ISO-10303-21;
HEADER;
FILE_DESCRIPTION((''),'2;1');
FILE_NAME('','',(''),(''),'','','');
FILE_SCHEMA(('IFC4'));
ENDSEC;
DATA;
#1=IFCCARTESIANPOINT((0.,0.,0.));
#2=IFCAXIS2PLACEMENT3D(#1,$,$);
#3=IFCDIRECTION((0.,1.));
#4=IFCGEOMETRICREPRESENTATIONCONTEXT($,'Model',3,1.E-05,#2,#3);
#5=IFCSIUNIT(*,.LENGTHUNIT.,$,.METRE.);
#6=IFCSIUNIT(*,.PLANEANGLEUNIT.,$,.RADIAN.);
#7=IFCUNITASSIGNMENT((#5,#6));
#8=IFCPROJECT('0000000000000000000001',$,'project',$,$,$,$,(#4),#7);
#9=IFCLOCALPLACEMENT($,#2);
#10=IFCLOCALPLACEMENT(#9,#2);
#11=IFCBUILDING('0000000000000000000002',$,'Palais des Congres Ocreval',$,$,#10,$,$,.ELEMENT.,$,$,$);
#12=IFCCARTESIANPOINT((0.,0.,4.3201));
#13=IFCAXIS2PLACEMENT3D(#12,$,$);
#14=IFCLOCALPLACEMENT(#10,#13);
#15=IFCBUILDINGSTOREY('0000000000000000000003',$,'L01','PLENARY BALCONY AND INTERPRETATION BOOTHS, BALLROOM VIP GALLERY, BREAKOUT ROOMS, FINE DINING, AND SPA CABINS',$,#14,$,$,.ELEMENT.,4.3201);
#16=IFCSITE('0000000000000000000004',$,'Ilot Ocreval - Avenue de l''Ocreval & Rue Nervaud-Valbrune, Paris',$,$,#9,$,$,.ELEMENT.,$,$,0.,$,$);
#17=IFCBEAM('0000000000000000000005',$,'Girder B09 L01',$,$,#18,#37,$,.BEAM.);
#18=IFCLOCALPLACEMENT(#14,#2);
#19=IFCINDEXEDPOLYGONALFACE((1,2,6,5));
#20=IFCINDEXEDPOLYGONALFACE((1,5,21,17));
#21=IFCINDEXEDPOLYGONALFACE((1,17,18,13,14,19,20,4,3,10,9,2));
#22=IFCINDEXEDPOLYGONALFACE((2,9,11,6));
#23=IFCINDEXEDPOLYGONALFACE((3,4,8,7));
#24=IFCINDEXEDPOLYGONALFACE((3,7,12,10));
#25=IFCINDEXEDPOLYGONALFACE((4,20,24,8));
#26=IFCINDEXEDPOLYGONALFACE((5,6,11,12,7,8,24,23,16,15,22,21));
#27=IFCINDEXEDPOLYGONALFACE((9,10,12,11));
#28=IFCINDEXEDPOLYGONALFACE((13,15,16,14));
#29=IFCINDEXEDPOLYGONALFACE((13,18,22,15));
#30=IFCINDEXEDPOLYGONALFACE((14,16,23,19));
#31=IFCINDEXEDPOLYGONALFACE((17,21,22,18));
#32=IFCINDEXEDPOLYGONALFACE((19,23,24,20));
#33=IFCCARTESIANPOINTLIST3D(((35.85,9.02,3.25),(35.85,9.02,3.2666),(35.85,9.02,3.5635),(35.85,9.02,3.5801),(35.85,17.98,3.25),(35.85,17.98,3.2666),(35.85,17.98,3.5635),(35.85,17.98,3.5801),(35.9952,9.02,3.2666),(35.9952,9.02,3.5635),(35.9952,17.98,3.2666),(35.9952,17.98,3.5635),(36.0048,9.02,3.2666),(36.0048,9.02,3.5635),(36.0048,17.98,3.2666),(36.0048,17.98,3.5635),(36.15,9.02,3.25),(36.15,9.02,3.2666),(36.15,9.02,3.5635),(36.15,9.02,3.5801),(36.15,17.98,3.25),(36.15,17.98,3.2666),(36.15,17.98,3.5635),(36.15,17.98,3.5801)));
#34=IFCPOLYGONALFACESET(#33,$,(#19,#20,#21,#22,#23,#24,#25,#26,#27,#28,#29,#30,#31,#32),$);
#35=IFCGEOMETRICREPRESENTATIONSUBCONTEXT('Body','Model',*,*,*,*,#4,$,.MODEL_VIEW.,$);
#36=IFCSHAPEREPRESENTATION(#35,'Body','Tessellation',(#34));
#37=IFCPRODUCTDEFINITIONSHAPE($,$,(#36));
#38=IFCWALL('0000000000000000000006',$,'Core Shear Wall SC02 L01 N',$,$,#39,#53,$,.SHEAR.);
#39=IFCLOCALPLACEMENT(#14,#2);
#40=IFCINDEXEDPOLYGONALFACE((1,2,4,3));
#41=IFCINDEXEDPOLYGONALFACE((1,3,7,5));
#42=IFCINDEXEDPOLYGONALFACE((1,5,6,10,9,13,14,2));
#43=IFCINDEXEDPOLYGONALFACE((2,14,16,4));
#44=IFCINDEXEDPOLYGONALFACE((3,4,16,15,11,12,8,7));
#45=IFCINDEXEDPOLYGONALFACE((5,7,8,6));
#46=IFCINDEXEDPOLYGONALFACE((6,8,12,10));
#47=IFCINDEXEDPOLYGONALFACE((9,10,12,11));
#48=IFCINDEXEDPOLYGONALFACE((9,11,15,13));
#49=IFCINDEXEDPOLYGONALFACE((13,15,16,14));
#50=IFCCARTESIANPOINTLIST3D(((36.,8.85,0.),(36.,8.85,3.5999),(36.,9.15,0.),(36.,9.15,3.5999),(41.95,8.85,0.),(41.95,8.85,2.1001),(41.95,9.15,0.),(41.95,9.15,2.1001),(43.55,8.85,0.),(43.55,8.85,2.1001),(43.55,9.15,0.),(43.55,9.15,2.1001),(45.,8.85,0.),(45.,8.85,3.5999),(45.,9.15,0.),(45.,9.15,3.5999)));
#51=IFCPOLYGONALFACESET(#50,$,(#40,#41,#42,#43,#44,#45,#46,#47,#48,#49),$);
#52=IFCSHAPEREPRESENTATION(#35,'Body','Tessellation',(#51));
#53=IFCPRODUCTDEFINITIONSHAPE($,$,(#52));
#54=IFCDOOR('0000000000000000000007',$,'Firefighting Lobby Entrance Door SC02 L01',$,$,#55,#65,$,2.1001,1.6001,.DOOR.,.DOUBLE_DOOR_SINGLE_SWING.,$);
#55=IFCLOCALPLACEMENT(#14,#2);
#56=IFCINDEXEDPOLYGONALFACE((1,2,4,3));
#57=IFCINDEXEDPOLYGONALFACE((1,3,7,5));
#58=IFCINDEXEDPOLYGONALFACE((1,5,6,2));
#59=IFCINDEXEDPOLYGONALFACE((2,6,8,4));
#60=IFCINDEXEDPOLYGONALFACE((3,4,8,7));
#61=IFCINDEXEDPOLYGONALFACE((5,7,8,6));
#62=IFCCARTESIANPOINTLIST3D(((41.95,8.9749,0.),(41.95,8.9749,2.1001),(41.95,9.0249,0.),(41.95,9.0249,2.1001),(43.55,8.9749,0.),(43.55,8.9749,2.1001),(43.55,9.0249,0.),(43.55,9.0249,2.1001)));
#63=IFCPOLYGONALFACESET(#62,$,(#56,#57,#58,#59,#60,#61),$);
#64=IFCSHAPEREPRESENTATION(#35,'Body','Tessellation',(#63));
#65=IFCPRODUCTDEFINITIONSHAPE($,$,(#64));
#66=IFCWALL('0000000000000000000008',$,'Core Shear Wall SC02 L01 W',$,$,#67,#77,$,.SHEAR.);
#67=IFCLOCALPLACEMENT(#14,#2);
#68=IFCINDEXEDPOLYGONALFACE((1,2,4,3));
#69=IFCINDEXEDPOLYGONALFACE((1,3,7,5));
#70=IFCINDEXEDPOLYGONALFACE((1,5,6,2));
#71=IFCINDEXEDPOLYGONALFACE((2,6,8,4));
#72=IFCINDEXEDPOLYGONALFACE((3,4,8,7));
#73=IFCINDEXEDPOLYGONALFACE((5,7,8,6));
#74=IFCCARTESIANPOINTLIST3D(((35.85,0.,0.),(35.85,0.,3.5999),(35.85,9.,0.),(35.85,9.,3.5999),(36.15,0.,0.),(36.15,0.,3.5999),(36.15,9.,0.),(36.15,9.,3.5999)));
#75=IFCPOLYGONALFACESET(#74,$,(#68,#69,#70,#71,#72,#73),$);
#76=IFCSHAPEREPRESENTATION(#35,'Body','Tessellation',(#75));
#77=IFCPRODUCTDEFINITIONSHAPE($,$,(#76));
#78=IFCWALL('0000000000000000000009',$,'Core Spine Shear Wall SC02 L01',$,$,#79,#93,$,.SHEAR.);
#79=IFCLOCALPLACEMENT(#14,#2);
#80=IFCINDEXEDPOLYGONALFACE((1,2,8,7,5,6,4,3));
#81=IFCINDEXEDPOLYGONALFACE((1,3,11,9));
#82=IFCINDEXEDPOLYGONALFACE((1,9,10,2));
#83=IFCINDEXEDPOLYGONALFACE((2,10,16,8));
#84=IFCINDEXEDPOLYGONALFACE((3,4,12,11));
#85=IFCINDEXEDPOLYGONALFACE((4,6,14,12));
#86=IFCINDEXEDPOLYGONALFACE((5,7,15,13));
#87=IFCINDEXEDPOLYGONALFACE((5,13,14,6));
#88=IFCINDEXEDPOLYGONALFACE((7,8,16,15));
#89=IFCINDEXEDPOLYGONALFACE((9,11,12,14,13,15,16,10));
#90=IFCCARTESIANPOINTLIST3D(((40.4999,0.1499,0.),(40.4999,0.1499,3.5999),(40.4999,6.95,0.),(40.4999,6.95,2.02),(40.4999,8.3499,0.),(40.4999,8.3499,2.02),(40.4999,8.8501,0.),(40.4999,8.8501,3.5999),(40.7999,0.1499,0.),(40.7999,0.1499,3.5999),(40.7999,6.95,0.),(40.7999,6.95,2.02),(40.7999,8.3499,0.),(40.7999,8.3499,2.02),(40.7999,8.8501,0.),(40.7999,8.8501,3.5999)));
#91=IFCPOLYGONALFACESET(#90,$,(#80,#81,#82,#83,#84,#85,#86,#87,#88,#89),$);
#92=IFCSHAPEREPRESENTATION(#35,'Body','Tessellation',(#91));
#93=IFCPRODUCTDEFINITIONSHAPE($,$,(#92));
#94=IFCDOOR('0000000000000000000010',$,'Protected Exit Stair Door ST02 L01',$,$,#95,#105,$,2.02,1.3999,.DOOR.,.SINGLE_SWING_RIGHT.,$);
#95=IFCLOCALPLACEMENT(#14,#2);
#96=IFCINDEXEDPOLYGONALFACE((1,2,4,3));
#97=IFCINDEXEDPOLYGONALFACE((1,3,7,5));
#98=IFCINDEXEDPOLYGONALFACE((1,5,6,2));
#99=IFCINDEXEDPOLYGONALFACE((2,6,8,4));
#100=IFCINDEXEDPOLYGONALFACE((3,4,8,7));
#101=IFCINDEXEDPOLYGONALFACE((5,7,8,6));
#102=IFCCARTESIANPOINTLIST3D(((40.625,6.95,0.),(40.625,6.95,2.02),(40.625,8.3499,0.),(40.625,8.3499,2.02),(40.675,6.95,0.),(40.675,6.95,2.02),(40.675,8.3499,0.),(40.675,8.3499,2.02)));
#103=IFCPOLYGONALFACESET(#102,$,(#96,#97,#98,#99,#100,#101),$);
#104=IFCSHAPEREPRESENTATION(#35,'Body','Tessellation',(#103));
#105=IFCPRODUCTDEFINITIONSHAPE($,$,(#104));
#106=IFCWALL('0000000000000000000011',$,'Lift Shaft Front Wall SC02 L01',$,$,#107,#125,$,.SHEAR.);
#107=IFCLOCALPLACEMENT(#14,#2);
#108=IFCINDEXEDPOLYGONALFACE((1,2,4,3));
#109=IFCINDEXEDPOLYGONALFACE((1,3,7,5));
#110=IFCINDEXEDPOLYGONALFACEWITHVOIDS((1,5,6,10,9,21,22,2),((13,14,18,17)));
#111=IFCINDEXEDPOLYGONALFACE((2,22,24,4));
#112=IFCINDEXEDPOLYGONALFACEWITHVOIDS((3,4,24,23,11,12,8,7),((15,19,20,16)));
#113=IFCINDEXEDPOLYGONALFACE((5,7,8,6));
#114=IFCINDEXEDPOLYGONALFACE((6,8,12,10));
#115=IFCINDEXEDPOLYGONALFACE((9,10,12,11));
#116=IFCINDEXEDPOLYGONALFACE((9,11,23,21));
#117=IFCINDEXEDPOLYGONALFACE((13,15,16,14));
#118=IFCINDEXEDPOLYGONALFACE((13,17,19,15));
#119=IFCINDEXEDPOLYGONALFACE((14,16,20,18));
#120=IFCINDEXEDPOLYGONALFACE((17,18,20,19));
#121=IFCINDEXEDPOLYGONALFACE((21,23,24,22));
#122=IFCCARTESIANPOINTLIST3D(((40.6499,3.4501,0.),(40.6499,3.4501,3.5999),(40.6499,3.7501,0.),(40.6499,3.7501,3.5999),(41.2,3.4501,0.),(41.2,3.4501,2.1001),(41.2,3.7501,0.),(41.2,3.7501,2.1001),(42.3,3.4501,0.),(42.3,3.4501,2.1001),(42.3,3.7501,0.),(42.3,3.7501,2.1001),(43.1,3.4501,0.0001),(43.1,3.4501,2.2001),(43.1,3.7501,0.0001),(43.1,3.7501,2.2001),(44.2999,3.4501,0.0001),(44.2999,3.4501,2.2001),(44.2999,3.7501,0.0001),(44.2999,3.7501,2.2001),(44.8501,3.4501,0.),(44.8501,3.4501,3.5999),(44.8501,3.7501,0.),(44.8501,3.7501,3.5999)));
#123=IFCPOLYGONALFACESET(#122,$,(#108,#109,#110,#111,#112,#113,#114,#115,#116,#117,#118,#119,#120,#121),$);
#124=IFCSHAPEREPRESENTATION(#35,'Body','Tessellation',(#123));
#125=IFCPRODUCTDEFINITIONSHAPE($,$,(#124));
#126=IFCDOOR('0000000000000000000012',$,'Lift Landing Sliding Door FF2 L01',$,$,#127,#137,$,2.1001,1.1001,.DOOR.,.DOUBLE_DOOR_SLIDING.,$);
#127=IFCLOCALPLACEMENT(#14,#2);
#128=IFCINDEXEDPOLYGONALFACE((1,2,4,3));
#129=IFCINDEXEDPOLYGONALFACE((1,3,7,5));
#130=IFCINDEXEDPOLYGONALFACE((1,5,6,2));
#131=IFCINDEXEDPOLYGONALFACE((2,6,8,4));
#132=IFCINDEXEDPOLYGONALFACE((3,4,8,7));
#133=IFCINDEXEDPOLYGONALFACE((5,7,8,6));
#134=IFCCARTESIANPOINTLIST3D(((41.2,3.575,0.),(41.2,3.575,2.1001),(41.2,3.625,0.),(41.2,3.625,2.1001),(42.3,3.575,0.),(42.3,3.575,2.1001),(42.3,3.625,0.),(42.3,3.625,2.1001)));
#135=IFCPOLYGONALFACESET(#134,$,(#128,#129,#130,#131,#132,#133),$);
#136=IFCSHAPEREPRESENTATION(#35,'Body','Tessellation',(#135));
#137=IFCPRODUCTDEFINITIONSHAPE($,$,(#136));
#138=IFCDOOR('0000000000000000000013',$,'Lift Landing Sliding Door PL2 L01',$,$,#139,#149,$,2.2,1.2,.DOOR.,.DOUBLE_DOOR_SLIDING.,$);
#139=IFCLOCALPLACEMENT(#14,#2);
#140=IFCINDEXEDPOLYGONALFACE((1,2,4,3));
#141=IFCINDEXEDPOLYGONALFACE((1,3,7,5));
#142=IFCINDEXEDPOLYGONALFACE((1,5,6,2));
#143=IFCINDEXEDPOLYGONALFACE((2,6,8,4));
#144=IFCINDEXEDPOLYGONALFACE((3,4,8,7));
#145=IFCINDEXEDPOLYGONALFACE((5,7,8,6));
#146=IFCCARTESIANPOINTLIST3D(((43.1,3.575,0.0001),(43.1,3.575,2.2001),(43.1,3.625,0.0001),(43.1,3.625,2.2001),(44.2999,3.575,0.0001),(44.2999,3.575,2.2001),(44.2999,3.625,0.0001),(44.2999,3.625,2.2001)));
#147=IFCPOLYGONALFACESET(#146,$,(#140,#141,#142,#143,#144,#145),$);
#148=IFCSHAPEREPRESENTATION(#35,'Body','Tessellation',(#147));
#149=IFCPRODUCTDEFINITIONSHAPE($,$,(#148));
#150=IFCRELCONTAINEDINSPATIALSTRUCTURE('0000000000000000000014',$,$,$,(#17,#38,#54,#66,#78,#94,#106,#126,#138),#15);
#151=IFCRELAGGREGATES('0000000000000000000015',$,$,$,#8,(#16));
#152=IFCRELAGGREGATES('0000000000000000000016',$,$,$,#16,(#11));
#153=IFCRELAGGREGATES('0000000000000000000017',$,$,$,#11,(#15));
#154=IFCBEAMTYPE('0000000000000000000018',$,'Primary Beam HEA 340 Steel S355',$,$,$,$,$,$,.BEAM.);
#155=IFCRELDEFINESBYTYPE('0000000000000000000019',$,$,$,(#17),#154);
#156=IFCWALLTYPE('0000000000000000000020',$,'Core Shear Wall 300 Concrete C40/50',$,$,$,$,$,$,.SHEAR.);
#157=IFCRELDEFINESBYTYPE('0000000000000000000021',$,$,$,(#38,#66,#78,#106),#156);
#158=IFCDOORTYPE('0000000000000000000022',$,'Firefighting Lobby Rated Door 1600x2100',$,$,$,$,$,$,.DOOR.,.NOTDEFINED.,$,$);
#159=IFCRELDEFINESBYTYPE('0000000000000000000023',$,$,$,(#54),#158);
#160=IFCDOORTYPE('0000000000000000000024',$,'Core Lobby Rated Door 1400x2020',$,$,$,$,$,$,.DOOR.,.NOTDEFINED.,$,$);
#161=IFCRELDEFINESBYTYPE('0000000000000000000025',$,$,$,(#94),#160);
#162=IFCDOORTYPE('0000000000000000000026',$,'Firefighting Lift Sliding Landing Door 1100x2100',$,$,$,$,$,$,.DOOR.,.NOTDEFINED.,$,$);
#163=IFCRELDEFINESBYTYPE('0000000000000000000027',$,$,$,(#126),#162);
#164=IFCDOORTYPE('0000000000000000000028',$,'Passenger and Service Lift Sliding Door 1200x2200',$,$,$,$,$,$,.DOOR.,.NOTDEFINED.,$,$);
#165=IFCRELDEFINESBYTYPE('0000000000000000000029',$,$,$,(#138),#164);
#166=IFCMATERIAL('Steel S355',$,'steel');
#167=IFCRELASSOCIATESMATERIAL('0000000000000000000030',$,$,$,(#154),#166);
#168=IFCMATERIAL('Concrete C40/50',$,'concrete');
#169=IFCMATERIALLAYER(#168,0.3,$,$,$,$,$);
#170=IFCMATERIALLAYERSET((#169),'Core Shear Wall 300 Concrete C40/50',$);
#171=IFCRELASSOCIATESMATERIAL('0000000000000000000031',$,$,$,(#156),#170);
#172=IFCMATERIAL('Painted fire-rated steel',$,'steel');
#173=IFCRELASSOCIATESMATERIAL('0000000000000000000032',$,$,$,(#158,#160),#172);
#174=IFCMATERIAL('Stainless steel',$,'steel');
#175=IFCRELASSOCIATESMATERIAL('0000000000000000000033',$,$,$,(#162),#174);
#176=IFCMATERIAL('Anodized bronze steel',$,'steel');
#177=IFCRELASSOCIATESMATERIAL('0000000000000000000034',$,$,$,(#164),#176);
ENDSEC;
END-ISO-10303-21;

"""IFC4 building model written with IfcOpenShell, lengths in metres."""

from ifc_helpers import new_model, si_unit, direction, frame, frame_2d, origin, origin_2d, place, context, subcontext, project, spatial, rectangle, i_section, extrude, material, layer, layer_set, material_profile, profile_set, type_object, element, fill, save


model = new_model("IFC4")

# Units and contexts
model_context = context("Model", 3, precision=1e-05, world=origin(), true_north=direction((0.0, 1.0)))
body_context = subcontext(model_context, "Body", "Model", "MODEL_VIEW")
ifc_project = project(units=[si_unit("LENGTHUNIT", "METRE"), si_unit("PLANEANGLEUNIT", "RADIAN")], contexts=[model_context])

# Site, building, storey
site_placement = place(None, origin())
site = spatial("IfcSite", under=ifc_project, at=site_placement, Name="Ilot Ocreval - Avenue de l'Ocreval & Rue Nervaud-Valbrune, Paris", CompositionType="ELEMENT", RefElevation=0.0)
building_placement = place(site_placement, origin())
building = spatial("IfcBuilding", under=site, at=building_placement, Name="Palais des Congres Ocreval", CompositionType="ELEMENT")
storey_placement = place(building_placement, frame((0.0, 0.0, 4.3201)))
storey = spatial("IfcBuildingStorey", under=building, at=storey_placement, Name="L01", Description="PLENARY BALCONY AND INTERPRETATION BOOTHS, BALLROOM VIP GALLERY, BREAKOUT ROOMS, FINE DINING, AND SPA CABINS", CompositionType="ELEMENT", Elevation=4.3201)

# Shared definitions
ifc_material_1 = material(Name="Concrete C40/50", Category="concrete")

# Beam
ifc_material_2 = material(Name="Steel S355", Category="steel")
ifc_material_profile_1 = material_profile(ifc_material_2, i_section(OverallWidth=0.3, OverallDepth=0.3301, WebThickness=0.0095, FlangeThickness=0.0166, at=origin_2d()), Name="HEA 340")
ifc_profile_set_1 = profile_set([ifc_material_profile_1], Name="Steel S355")
beam_type_1 = type_object("IfcBeamType", Name="Primary Beam HEA 340 Steel S355", PredefinedType="BEAM", material=ifc_profile_set_1)
for number, where, z_axis, x_axis, name in (
    (1, (36.0, 9.02, 3.415), (0.0, 1.0, 0.0), (-1.0, 0.0, 0.0), "Girder B09 L01"),
):
    element("IfcBeam", number, at=place(storey_placement, frame(where, z_axis=z_axis, x_axis=x_axis)), inside=storey, type_object=beam_type_1, Name=name, PredefinedType="BEAM", context=body_context, shape_type="SweptSolid", body=[
        extrude(i_section(OverallWidth=0.3, OverallDepth=0.3301, WebThickness=0.0095, FlangeThickness=0.0166, at=origin_2d()), origin(), (0.0, 0.0, 1.0), 8.96),
    ])

# Wall, opening, door
ifc_layer_1 = layer(ifc_material_1, 0.3)
ifc_layer_set_1 = layer_set([ifc_layer_1], Name="Core Shear Wall 300 Concrete C40/50")
wall_type_1 = type_object("IfcWallType", Name="Core Shear Wall 300 Concrete C40/50", PredefinedType="SHEAR", material=ifc_layer_set_1)
wall_1_placement = place(storey_placement, frame((36.0, 9.0, 0.0), z_axis=(0.0, 0.0, 1.0), x_axis=(1.0, 0.0, 0.0)))
wall_1 = element("IfcWall", 2, at=wall_1_placement, inside=storey, type_object=wall_type_1, Name="Core Shear Wall SC02 L01 N", PredefinedType="SHEAR", context=body_context, shape_type="SweptSolid", body=[
    extrude(rectangle(XDim=9.0, YDim=0.3, at=frame_2d((4.5, 0.0))), origin(), (0.0, 0.0, 1.0), 3.5999),
])
opening_1_placement = place(wall_1_placement, frame((5.95, 0.0, 0.0)))
opening_1 = element("IfcOpeningElement", 3, at=opening_1_placement, cuts=wall_1, PredefinedType="OPENING", context=body_context, shape_type="SweptSolid", body=[
    extrude(rectangle(XDim=1.6001, YDim=2.1001, at=frame_2d((0.8, 1.05))), frame((0.0, 0.1599, 0.0), z_axis=(0.0, -1.0, 0.0), x_axis=(1.0, 0.0, 0.0)), (0.0, 0.0, 1.0), 0.3201),
])
ifc_material_3 = material(Name="Painted fire-rated steel", Category="steel")
door_type_1 = type_object("IfcDoorType", Name="Firefighting Lobby Rated Door 1600x2100", OperationType="NOTDEFINED", PredefinedType="DOOR", material=ifc_material_3)
door_1_placement = place(opening_1_placement, origin())
door_1 = element("IfcDoor", 4, at=door_1_placement, inside=storey, type_object=door_type_1, Name="Firefighting Lobby Entrance Door SC02 L01", OperationType="DOUBLE_DOOR_SINGLE_SWING", OverallHeight=2.1001, OverallWidth=1.6001, PredefinedType="DOOR", context=body_context, shape_type="SweptSolid", body=[
    extrude(rectangle(XDim=1.6001, YDim=2.1001, at=frame_2d((0.8, 1.05))), frame((0.0, 0.0249, 0.0), z_axis=(0.0, -1.0, 0.0), x_axis=(1.0, 0.0, 0.0)), (0.0, 0.0, 1.0), 0.05),
])
fill(opening_1, door_1)

# Wall
wall_2_placement = place(storey_placement, frame((36.0, 0.0, 0.0), z_axis=(0.0, 0.0, 1.0), x_axis=(0.0, 1.0, 0.0)))
element("IfcWall", 5, at=wall_2_placement, inside=storey, type_object=wall_type_1, Name="Core Shear Wall SC02 L01 W", PredefinedType="SHEAR", context=body_context, shape_type="SweptSolid", body=[
    extrude(rectangle(XDim=9.0, YDim=0.3, at=frame_2d((4.5, 0.0))), origin(), (0.0, 0.0, 1.0), 3.5999),
])

# Wall, opening, door
wall_3_placement = place(storey_placement, frame((40.6499, 0.1499, 0.0), z_axis=(0.0, 0.0, 1.0), x_axis=(0.0, 1.0, 0.0)))
wall_3 = element("IfcWall", 6, at=wall_3_placement, inside=storey, type_object=wall_type_1, Name="Core Spine Shear Wall SC02 L01", PredefinedType="SHEAR", context=body_context, shape_type="SweptSolid", body=[
    extrude(rectangle(XDim=8.7002, YDim=0.3, at=frame_2d((4.3501, 0.0))), origin(), (0.0, 0.0, 1.0), 3.5999),
])
opening_2_placement = place(wall_3_placement, frame((6.8, 0.0, 0.0)))
opening_2 = element("IfcOpeningElement", 7, at=opening_2_placement, cuts=wall_3, PredefinedType="OPENING", context=body_context, shape_type="SweptSolid", body=[
    extrude(rectangle(XDim=1.3999, YDim=2.02, at=frame_2d((0.7, 1.01))), frame((0.0, 0.1599, 0.0), z_axis=(0.0, -1.0, 0.0), x_axis=(1.0, 0.0, 0.0)), (0.0, 0.0, 1.0), 0.3201),
])
door_type_2 = type_object("IfcDoorType", Name="Core Lobby Rated Door 1400x2020", OperationType="NOTDEFINED", PredefinedType="DOOR", material=ifc_material_3)
door_2_placement = place(opening_2_placement, origin())
door_2 = element("IfcDoor", 8, at=door_2_placement, inside=storey, type_object=door_type_2, Name="Protected Exit Stair Door ST02 L01", OperationType="SINGLE_SWING_RIGHT", OverallHeight=2.02, OverallWidth=1.3999, PredefinedType="DOOR", context=body_context, shape_type="SweptSolid", body=[
    extrude(rectangle(XDim=1.3999, YDim=2.02, at=frame_2d((0.7, 1.01))), frame((0.0, 0.0249, 0.0), z_axis=(0.0, -1.0, 0.0), x_axis=(1.0, 0.0, 0.0)), (0.0, 0.0, 1.0), 0.05),
])
fill(opening_2, door_2)

# Wall, openings, doors
wall_4_placement = place(storey_placement, frame((40.6499, 3.6001, 0.0), z_axis=(0.0, 0.0, 1.0), x_axis=(1.0, 0.0, 0.0)))
wall_4 = element("IfcWall", 9, at=wall_4_placement, inside=storey, type_object=wall_type_1, Name="Lift Shaft Front Wall SC02 L01", PredefinedType="SHEAR", context=body_context, shape_type="SweptSolid", body=[
    extrude(rectangle(XDim=4.2002, YDim=0.3, at=frame_2d((2.1001, 0.0))), origin(), (0.0, 0.0, 1.0), 3.5999),
])
opening_3_placement = place(wall_4_placement, frame((0.55, 0.0, 0.0)))
opening_3 = element("IfcOpeningElement", 10, at=opening_3_placement, cuts=wall_4, PredefinedType="OPENING", context=body_context, shape_type="SweptSolid", body=[
    extrude(rectangle(XDim=1.1001, YDim=2.1001, at=frame_2d((0.55, 1.05))), frame((0.0, 0.1599, 0.0), z_axis=(0.0, -1.0, 0.0), x_axis=(1.0, 0.0, 0.0)), (0.0, 0.0, 1.0), 0.3201),
])
opening_4_placement = place(wall_4_placement, frame((2.45, 0.0, 0.0)))
opening_4 = element("IfcOpeningElement", 11, at=opening_4_placement, cuts=wall_4, PredefinedType="OPENING", context=body_context, shape_type="SweptSolid", body=[
    extrude(rectangle(XDim=1.2, YDim=2.2, at=frame_2d((0.6001, 1.1001))), frame((0.0, 0.1599, 0.0), z_axis=(0.0, -1.0, 0.0), x_axis=(1.0, 0.0, 0.0)), (0.0, 0.0, 1.0), 0.3201),
])
ifc_material_4 = material(Name="Stainless steel", Category="steel")
door_type_3 = type_object("IfcDoorType", Name="Firefighting Lift Sliding Landing Door 1100x2100", OperationType="NOTDEFINED", PredefinedType="DOOR", material=ifc_material_4)
door_3_placement = place(opening_3_placement, origin())
door_3 = element("IfcDoor", 12, at=door_3_placement, inside=storey, type_object=door_type_3, Name="Lift Landing Sliding Door FF2 L01", OperationType="DOUBLE_DOOR_SLIDING", OverallHeight=2.1001, OverallWidth=1.1001, PredefinedType="DOOR", context=body_context, shape_type="SweptSolid", body=[
    extrude(rectangle(XDim=1.1001, YDim=2.1001, at=frame_2d((0.55, 1.05))), frame((0.0, 0.0249, 0.0), z_axis=(0.0, -1.0, 0.0), x_axis=(1.0, 0.0, 0.0)), (0.0, 0.0, 1.0), 0.05),
])
fill(opening_3, door_3)
ifc_material_5 = material(Name="Anodized bronze steel", Category="steel")
door_type_4 = type_object("IfcDoorType", Name="Passenger and Service Lift Sliding Door 1200x2200", OperationType="NOTDEFINED", PredefinedType="DOOR", material=ifc_material_5)
door_4_placement = place(opening_4_placement, origin())
door_4 = element("IfcDoor", 13, at=door_4_placement, inside=storey, type_object=door_type_4, Name="Lift Landing Sliding Door PL2 L01", OperationType="DOUBLE_DOOR_SLIDING", OverallHeight=2.2, OverallWidth=1.2, PredefinedType="DOOR", context=body_context, shape_type="SweptSolid", body=[
    extrude(rectangle(XDim=1.2, YDim=2.2, at=frame_2d((0.6001, 1.1001))), frame((0.0, 0.0249, 0.0), z_axis=(0.0, -1.0, 0.0), x_axis=(1.0, 0.0, 0.0)), (0.0, 0.0, 1.0), 0.05),
])
fill(opening_4, door_4)

save(model, "model.ifc")
